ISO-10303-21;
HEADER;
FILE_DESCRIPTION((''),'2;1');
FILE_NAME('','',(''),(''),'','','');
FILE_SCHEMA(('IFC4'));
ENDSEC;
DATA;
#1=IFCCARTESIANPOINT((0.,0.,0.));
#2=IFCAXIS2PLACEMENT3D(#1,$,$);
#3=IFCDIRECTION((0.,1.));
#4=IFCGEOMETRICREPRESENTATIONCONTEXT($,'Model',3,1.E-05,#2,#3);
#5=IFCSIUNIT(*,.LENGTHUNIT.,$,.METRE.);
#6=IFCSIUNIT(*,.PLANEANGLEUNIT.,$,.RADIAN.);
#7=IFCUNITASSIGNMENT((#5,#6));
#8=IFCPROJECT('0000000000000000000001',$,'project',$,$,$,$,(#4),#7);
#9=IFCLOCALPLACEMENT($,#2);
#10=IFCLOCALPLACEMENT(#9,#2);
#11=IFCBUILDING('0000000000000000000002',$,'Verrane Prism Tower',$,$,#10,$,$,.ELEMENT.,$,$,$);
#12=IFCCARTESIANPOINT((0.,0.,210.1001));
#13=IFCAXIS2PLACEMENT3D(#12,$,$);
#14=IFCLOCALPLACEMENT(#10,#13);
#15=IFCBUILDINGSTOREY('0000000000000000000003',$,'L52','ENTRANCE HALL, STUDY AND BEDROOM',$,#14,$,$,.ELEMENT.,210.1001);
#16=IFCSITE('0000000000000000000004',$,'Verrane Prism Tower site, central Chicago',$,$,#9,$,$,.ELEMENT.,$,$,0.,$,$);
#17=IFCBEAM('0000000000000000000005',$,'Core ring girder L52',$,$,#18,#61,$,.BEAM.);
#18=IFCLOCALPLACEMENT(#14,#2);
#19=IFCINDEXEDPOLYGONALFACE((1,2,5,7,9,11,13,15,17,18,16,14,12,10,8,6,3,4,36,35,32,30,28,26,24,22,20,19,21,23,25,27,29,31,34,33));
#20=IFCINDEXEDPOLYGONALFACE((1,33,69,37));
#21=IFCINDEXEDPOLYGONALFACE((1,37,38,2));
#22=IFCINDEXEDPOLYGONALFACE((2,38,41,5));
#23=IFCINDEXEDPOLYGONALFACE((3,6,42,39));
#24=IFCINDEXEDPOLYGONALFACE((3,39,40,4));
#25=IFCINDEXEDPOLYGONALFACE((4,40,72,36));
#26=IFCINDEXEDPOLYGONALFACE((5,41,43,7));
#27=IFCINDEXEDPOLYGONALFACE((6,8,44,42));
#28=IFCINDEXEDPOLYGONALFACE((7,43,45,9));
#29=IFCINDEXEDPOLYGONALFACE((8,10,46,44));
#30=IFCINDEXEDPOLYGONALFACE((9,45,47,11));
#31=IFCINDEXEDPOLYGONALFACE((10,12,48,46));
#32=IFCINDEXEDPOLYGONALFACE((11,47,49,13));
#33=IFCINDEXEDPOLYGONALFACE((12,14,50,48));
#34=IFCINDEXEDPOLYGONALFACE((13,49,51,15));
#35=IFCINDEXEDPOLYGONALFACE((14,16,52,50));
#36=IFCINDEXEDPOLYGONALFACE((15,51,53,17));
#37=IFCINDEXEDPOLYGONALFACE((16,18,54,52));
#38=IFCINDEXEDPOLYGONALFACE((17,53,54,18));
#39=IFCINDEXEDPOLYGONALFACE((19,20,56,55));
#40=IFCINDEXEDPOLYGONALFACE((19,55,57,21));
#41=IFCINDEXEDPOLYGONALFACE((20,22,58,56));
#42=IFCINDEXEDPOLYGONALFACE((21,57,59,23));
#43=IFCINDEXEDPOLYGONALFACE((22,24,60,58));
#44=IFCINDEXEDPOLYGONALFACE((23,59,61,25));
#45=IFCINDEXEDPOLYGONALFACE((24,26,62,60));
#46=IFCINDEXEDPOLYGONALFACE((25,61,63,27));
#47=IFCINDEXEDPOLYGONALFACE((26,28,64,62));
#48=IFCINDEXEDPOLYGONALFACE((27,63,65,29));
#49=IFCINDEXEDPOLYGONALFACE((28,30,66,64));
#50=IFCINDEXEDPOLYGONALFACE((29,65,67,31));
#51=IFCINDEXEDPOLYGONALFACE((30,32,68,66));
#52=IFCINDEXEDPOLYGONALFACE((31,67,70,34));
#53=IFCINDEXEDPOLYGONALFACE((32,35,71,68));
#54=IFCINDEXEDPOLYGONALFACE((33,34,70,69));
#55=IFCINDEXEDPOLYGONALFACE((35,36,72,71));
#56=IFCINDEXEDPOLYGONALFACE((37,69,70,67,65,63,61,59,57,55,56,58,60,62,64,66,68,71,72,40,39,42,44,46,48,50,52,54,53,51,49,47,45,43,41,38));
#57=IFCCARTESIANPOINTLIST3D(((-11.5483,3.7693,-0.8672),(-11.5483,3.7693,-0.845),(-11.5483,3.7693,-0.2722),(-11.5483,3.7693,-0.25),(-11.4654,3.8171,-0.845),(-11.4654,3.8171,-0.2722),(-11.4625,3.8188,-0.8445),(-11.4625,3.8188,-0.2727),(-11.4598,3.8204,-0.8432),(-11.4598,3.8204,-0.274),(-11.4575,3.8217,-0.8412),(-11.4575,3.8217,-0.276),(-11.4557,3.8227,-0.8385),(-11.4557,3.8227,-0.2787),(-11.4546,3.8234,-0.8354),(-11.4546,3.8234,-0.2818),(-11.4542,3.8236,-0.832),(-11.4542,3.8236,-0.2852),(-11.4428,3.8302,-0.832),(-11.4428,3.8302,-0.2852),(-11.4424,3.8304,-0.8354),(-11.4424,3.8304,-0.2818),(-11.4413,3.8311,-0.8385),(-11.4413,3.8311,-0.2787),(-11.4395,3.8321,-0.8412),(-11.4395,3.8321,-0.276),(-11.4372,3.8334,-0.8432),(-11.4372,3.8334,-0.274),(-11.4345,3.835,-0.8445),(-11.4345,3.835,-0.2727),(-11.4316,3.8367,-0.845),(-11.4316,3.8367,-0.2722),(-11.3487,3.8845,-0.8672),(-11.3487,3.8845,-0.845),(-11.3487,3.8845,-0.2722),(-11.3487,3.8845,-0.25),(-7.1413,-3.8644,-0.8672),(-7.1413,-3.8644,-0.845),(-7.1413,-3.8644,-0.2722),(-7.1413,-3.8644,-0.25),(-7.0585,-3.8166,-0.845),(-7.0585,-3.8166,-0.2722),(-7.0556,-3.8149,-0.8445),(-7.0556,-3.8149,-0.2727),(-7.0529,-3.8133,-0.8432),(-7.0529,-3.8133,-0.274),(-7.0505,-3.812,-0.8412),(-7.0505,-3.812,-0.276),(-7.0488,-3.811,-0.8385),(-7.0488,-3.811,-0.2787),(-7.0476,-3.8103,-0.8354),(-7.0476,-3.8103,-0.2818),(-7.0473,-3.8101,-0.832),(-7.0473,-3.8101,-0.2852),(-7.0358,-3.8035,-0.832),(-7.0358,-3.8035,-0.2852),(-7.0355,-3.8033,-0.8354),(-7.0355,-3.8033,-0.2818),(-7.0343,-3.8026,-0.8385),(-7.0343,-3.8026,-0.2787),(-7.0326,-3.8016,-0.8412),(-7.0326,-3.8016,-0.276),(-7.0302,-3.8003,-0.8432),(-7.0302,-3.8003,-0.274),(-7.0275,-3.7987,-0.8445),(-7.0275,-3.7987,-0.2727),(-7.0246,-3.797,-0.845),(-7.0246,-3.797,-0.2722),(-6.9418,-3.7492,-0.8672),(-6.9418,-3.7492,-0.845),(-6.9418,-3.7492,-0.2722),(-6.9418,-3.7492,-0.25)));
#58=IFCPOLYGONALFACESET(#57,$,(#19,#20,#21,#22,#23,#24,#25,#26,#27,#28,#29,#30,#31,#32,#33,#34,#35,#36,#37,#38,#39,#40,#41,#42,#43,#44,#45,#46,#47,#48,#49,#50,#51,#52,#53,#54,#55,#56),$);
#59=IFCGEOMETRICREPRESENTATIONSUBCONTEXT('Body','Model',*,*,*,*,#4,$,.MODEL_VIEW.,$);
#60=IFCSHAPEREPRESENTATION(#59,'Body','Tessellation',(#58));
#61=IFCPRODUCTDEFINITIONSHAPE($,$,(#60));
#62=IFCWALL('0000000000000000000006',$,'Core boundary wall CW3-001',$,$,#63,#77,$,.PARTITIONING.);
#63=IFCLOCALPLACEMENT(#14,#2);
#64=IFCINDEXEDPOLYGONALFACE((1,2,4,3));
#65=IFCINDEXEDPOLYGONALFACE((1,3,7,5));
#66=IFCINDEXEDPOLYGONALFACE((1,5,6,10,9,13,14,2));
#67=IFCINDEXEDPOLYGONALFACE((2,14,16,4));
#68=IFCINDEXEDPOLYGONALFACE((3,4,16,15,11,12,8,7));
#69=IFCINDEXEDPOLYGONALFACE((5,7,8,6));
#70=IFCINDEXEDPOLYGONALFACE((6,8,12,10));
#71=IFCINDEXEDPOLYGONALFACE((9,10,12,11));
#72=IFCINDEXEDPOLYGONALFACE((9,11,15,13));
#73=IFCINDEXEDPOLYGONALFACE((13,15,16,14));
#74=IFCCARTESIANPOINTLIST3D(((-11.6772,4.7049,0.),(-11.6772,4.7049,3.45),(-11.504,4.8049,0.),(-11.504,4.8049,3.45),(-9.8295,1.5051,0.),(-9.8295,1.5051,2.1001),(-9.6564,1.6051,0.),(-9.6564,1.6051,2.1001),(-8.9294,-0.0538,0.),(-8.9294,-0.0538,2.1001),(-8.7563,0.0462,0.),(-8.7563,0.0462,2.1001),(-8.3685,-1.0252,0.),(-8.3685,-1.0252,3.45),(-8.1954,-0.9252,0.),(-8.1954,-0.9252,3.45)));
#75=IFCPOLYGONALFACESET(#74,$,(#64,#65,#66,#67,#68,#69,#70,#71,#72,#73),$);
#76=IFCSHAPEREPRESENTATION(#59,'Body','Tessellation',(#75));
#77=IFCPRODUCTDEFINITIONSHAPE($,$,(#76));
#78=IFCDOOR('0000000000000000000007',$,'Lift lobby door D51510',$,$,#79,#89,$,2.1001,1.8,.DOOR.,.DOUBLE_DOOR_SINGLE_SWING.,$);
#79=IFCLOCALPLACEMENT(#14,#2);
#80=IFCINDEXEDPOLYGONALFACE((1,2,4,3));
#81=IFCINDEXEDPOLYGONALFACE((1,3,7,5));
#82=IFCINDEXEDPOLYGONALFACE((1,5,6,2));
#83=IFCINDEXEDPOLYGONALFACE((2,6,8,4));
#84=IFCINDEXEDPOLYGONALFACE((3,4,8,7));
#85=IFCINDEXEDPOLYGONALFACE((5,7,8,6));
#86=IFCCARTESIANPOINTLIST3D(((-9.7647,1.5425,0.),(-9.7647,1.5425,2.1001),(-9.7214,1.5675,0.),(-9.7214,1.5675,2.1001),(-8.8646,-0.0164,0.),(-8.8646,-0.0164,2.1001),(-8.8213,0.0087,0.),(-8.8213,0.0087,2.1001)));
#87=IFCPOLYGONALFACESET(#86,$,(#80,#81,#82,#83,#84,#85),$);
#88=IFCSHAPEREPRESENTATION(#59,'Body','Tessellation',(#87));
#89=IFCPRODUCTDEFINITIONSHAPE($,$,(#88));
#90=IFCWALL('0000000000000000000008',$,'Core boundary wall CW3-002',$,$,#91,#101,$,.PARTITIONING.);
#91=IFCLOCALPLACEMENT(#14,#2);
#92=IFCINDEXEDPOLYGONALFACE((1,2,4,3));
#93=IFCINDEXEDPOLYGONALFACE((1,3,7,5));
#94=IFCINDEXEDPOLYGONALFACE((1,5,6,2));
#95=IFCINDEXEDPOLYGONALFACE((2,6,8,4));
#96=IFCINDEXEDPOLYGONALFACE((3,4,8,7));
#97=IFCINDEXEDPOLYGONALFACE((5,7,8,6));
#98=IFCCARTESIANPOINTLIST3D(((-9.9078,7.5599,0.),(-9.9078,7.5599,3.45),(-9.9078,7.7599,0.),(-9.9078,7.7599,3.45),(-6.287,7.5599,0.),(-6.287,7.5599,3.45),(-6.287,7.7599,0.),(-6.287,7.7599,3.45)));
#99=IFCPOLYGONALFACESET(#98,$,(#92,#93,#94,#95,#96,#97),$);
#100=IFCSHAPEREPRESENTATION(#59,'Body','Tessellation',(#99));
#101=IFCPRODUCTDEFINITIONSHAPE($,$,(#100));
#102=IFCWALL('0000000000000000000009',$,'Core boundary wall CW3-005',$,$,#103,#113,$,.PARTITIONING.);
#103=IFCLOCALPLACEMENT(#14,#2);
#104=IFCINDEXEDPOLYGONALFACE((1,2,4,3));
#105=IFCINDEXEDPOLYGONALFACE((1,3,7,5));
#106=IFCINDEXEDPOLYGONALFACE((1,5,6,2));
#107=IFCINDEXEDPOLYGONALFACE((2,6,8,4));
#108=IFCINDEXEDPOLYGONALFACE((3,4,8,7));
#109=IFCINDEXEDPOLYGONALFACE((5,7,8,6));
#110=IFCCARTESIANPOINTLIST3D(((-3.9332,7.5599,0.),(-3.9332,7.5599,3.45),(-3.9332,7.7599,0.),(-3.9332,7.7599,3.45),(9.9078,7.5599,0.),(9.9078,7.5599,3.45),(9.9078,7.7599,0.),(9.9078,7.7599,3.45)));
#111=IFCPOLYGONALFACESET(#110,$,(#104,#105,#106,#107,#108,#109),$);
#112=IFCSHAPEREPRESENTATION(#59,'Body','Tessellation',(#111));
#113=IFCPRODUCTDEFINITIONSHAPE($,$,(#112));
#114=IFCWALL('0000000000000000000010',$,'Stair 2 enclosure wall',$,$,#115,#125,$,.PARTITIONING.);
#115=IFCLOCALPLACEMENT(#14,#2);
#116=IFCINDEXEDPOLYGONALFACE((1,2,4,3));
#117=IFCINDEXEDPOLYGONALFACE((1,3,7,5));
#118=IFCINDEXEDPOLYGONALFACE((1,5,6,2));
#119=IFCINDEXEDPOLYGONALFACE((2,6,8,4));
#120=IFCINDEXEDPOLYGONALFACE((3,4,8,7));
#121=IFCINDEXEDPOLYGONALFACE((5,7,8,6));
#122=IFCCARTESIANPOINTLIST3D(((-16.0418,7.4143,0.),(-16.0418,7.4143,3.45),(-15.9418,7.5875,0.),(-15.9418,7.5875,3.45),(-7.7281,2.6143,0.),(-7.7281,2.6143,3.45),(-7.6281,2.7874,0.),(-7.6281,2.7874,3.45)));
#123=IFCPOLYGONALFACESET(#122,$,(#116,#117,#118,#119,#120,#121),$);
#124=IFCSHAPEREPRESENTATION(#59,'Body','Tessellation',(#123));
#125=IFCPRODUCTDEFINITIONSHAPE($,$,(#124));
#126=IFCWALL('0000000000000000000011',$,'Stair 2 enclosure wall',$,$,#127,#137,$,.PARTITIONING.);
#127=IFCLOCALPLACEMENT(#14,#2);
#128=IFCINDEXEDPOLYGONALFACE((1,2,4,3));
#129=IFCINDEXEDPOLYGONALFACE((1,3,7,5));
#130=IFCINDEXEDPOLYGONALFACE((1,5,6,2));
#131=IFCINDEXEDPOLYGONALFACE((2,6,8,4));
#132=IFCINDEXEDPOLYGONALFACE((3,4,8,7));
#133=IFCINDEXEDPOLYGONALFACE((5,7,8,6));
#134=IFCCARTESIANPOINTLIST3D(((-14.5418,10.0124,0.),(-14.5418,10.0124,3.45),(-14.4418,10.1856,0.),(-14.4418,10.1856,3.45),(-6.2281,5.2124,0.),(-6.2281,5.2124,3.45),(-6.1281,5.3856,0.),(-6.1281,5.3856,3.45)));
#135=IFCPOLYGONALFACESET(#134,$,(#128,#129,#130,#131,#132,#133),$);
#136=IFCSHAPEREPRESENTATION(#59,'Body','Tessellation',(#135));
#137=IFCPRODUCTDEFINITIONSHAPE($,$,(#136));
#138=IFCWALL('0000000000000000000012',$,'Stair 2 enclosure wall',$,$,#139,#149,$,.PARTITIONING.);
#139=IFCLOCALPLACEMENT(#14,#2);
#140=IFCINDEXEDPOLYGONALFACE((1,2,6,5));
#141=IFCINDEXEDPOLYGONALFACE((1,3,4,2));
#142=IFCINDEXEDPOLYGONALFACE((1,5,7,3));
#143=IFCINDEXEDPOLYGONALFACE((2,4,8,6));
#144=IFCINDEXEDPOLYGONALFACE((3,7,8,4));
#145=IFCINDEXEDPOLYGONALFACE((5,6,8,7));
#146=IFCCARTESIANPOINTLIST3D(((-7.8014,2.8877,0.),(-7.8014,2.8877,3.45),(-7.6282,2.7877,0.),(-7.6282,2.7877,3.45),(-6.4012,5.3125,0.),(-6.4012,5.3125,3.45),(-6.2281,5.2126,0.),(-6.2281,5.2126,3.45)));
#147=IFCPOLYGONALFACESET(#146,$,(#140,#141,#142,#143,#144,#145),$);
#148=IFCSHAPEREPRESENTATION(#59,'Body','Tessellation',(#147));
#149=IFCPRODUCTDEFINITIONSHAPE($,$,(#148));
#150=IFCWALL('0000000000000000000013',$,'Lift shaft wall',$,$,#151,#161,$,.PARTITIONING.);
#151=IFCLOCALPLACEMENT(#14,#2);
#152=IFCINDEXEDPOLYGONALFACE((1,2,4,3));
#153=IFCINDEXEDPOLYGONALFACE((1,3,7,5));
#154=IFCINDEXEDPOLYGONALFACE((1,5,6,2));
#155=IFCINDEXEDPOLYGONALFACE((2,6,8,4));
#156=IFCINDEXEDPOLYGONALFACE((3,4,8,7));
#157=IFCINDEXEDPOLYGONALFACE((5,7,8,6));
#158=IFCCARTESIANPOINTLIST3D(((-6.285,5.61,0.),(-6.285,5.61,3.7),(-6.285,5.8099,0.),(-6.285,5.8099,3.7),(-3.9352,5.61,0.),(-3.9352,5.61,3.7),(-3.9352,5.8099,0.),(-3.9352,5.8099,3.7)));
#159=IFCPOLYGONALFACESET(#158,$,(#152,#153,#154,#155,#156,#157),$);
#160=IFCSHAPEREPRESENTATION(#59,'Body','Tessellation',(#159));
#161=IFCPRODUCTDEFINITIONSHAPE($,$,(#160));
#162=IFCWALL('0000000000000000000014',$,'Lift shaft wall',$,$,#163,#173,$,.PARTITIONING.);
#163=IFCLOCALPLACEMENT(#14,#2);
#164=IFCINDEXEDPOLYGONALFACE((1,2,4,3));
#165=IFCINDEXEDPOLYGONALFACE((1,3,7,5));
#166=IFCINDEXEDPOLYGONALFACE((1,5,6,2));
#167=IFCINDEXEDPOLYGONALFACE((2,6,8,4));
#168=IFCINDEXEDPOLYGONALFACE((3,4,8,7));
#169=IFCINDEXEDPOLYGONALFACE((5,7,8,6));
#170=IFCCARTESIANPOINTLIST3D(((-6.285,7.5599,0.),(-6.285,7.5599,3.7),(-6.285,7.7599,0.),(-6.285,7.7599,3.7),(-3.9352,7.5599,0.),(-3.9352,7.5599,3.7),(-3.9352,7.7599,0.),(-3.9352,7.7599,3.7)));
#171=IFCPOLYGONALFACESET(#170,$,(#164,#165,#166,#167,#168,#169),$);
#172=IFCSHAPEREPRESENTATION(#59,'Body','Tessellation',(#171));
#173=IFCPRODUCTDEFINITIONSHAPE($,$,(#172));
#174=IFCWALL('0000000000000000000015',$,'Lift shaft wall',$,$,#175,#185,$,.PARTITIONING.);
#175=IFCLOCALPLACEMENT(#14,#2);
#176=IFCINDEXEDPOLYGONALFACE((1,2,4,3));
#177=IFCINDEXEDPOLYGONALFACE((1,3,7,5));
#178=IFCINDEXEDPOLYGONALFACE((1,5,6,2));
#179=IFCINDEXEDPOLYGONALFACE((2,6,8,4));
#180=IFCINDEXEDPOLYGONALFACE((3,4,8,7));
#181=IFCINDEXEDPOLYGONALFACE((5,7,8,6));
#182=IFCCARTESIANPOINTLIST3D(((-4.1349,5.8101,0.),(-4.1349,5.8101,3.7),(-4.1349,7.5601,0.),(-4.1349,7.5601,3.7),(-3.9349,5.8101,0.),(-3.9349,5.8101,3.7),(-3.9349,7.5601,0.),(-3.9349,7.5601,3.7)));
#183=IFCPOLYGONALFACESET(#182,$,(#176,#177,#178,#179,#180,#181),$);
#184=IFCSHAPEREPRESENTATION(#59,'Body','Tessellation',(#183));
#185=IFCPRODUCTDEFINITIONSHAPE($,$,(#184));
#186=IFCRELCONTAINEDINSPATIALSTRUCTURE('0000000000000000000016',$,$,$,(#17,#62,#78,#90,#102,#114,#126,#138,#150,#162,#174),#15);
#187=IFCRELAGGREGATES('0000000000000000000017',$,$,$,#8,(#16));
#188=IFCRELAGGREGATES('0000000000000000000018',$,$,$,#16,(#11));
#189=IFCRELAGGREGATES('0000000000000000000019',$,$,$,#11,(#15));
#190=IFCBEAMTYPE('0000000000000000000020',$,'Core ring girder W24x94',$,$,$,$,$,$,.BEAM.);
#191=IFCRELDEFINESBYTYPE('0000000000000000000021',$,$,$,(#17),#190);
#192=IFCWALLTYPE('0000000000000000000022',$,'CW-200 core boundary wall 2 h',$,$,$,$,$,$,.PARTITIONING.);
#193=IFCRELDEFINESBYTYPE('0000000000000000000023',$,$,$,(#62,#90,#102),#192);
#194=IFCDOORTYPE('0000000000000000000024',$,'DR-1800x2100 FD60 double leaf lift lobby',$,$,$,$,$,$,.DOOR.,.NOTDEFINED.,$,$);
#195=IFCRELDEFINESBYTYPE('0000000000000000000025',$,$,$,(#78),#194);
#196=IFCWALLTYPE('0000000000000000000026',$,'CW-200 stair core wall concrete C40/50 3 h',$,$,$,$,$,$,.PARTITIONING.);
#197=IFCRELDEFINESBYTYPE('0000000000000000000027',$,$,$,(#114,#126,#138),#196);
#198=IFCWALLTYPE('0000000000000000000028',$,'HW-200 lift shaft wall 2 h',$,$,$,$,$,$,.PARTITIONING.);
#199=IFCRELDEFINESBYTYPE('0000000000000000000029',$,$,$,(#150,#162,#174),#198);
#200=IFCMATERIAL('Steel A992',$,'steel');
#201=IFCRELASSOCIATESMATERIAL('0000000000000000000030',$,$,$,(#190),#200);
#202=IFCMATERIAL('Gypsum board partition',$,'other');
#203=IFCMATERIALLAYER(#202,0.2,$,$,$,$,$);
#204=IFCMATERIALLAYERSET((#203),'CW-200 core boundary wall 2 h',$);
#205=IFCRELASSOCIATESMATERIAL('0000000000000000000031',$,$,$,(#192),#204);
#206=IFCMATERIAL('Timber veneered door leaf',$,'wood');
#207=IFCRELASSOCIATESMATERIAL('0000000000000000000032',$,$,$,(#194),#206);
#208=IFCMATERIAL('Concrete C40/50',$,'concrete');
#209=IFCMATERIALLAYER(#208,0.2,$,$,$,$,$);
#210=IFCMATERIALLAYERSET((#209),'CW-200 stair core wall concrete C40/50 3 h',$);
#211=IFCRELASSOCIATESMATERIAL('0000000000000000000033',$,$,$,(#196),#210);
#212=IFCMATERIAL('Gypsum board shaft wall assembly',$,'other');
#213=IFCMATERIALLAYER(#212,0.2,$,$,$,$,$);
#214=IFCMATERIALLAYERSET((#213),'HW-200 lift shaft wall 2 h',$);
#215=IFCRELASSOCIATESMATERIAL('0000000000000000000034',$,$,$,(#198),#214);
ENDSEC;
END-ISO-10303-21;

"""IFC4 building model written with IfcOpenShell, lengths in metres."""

from ifc_helpers import new_model, si_unit, direction, frame, frame_2d, origin, origin_2d, place, context, subcontext, project, spatial, rectangle, i_section, extrude, material, layer, layer_set, material_profile, profile_set, type_object, element, fill, save


model = new_model("IFC4")

# Units and contexts
model_context = context("Model", 3, precision=1e-05, world=origin(), true_north=direction((0.0, 1.0)))
body_context = subcontext(model_context, "Body", "Model", "MODEL_VIEW")
ifc_project = project(units=[si_unit("LENGTHUNIT", "METRE"), si_unit("PLANEANGLEUNIT", "RADIAN")], contexts=[model_context])

# Site, building, storey
site_placement = place(None, origin())
site = spatial("IfcSite", under=ifc_project, at=site_placement, Name="Verrane Prism Tower site, central Chicago", CompositionType="ELEMENT", RefElevation=0.0)
building_placement = place(site_placement, origin())
building = spatial("IfcBuilding", under=site, at=building_placement, Name="Verrane Prism Tower", CompositionType="ELEMENT")
storey_placement = place(building_placement, frame((0.0, 0.0, 210.1001)))
storey = spatial("IfcBuildingStorey", under=building, at=storey_placement, Name="L52", Description="ENTRANCE HALL, STUDY AND BEDROOM", CompositionType="ELEMENT", Elevation=210.1001)

# Beam
ifc_material_1 = material(Name="Steel A992", Category="steel")
ifc_material_profile_1 = material_profile(ifc_material_1, i_section(OverallWidth=0.2305, OverallDepth=0.6172, WebThickness=0.0132, FlangeThickness=0.0222, FilletRadius=0.0129, at=origin_2d()), Name="W24x94")
ifc_profile_set_1 = profile_set([ifc_material_profile_1], Name="Steel A992")
beam_type = type_object("IfcBeamType", Name="Core ring girder W24x94", PredefinedType="BEAM", material=ifc_profile_set_1)
beam_1_placement = place(storey_placement, frame((-11.4485, 3.8269, -0.5586), z_axis=(0.499967, -0.866044, 0.0), x_axis=(0.866044, 0.499967, 0.0)))
element("IfcBeam", 1, at=beam_1_placement, inside=storey, type_object=beam_type, Name="Core ring girder L52", PredefinedType="BEAM", context=body_context, shape_type="SweptSolid", body=[
    extrude(i_section(OverallWidth=0.2305, OverallDepth=0.6172, WebThickness=0.0132, FlangeThickness=0.0222, FilletRadius=0.0129, at=origin_2d()), origin(), (0.0, 0.0, 1.0), 8.8145),
])

# Wall, opening, door
ifc_material_2 = material(Name="Gypsum board partition", Category="other")
ifc_layer_1 = layer(ifc_material_2, 0.2)
ifc_layer_set_1 = layer_set([ifc_layer_1], Name="CW-200 core boundary wall 2 h")
wall_type_1 = type_object("IfcWallType", Name="CW-200 core boundary wall 2 h", PredefinedType="PARTITIONING", material=ifc_layer_set_1)
wall_1_placement = place(storey_placement, frame((-11.5906, 4.7549, 0.0), z_axis=(0.0, 0.0, 1.0), x_axis=(0.500044, -0.866, 0.0)))
wall_1 = element("IfcWall", 2, at=wall_1_placement, inside=storey, type_object=wall_type_1, Name="Core boundary wall CW3-001", PredefinedType="PARTITIONING", context=body_context, shape_type="SweptSolid", body=[
    extrude(rectangle(XDim=6.6167, YDim=0.2, at=frame_2d((3.3083, 0.0))), origin(), (0.0, 0.0, 1.0), 3.45),
])
opening_1_placement = place(wall_1_placement, frame((3.6951, 0.0, 0.0)))
opening_1 = element("IfcOpeningElement", 3, at=opening_1_placement, cuts=wall_1, PredefinedType="OPENING", context=body_context, shape_type="SweptSolid", body=[
    extrude(rectangle(XDim=1.8, YDim=2.1001, at=frame_2d((0.8999, 1.05))), frame((0.0, 0.1099, 0.0), z_axis=(0.0, -1.0, 0.0), x_axis=(1.0, 0.0, 0.0)), (0.0, 0.0, 1.0), 0.22),
])
ifc_material_3 = material(Name="Timber veneered door leaf", Category="wood")
door_type_1 = type_object("IfcDoorType", Name="DR-1800x2100 FD60 double leaf lift lobby", OperationType="NOTDEFINED", PredefinedType="DOOR", material=ifc_material_3)
door_1_placement = place(opening_1_placement, origin())
door_1 = element("IfcDoor", 4, at=door_1_placement, inside=storey, type_object=door_type_1, Name="Lift lobby door D51510", OperationType="DOUBLE_DOOR_SINGLE_SWING", OverallHeight=2.1001, OverallWidth=1.8, PredefinedType="DOOR", context=body_context, shape_type="SweptSolid", body=[
    extrude(rectangle(XDim=1.8, YDim=2.1001, at=frame_2d((0.8999, 1.05))), frame((0.0, 0.0249, 0.0), z_axis=(0.0, -1.0, 0.0), x_axis=(1.0, 0.0, 0.0)), (0.0, 0.0, 1.0), 0.05),
])
fill(opening_1, door_1)

# Walls
wall_2_placement = place(storey_placement, frame((-9.908, 7.6599, 0.0), z_axis=(0.0, 0.0, 1.0), x_axis=(1.0, 0.0, 0.0)))
element("IfcWall", 5, at=wall_2_placement, inside=storey, type_object=wall_type_1, Name="Core boundary wall CW3-002", PredefinedType="PARTITIONING", context=body_context, shape_type="SweptSolid", body=[
    extrude(rectangle(XDim=3.6208, YDim=0.2, at=frame_2d((1.8105, 0.0))), origin(), (0.0, 0.0, 1.0), 3.45),
])
wall_3_placement = place(storey_placement, frame((-3.9331, 7.6599, 0.0), z_axis=(0.0, 0.0, 1.0), x_axis=(1.0, 0.0, 0.0)))
element("IfcWall", 6, at=wall_3_placement, inside=storey, type_object=wall_type_1, Name="Core boundary wall CW3-005", PredefinedType="PARTITIONING", context=body_context, shape_type="SweptSolid", body=[
    extrude(rectangle(XDim=13.8411, YDim=0.2, at=frame_2d((6.9204, 0.0))), origin(), (0.0, 0.0, 1.0), 3.45),
])
ifc_material_4 = material(Name="Concrete C40/50", Category="concrete")
ifc_layer_2 = layer(ifc_material_4, 0.2)
ifc_layer_set_2 = layer_set([ifc_layer_2], Name="CW-200 stair core wall concrete C40/50 3 h")
wall_type_2 = type_object("IfcWallType", Name="CW-200 stair core wall concrete C40/50 3 h", PredefinedType="PARTITIONING", material=ifc_layer_set_2)
for number, where, z_axis, x_axis, name in (
    (7, (-7.6782, 2.7009, 0.0), (0.0, 0.0, 1.0), (-0.86602, 0.500009, 0.0), "Stair 2 enclosure wall"),
    (8, (-6.1782, 5.2991, 0.0), (0.0, 0.0, 1.0), (-0.86602, 0.500009, 0.0), "Stair 2 enclosure wall"),
):
    element("IfcWall", number, at=place(storey_placement, frame(where, z_axis=z_axis, x_axis=x_axis)), inside=storey, type_object=wall_type_2, Name=name, PredefinedType="PARTITIONING", context=body_context, shape_type="SweptSolid", body=[
        extrude(rectangle(XDim=9.5999, YDim=0.2, at=frame_2d((4.7998, 0.0))), origin(), (0.0, 0.0, 1.0), 3.45),
    ])
wall_4_placement = place(storey_placement, frame((-6.3147, 5.2625, 0.0), z_axis=(0.0, 0.0, 1.0), x_axis=(-0.50005, -0.865997, 0.0)))
element("IfcWall", 9, at=wall_4_placement, inside=storey, type_object=wall_type_2, Name="Stair 2 enclosure wall", PredefinedType="PARTITIONING", context=body_context, shape_type="SweptSolid", body=[
    extrude(rectangle(XDim=2.8, YDim=0.2, at=frame_2d((1.3999, 0.0))), origin(), (0.0, 0.0, 1.0), 3.45),
])
ifc_material_5 = material(Name="Gypsum board shaft wall assembly", Category="other")
ifc_layer_3 = layer(ifc_material_5, 0.2)
ifc_layer_set_3 = layer_set([ifc_layer_3], Name="HW-200 lift shaft wall 2 h")
wall_type_3 = type_object("IfcWallType", Name="HW-200 lift shaft wall 2 h", PredefinedType="PARTITIONING", material=ifc_layer_set_3)
for number, where, z_axis, x_axis, name in (
    (10, (-6.2849, 5.71, 0.0), (0.0, 0.0, 1.0), (1.0, 0.0, 0.0), "Lift shaft wall"),
    (11, (-6.2849, 7.6599, 0.0), (0.0, 0.0, 1.0), (1.0, 0.0, 0.0), "Lift shaft wall"),
):
    element("IfcWall", number, at=place(storey_placement, frame(where, z_axis=z_axis, x_axis=x_axis)), inside=storey, type_object=wall_type_3, Name=name, PredefinedType="PARTITIONING", context=body_context, shape_type="SweptSolid", body=[
        extrude(rectangle(XDim=2.3499, YDim=0.2, at=frame_2d((1.1748, 0.0))), origin(), (0.0, 0.0, 1.0), 3.7),
    ])
for number, where, z_axis, x_axis, name in (
    (12, (-4.0349, 5.8101, 0.0), (0.0, 0.0, 1.0), (0.0, 1.0, 0.0), "Lift shaft wall"),
):
    element("IfcWall", number, at=place(storey_placement, frame(where, z_axis=z_axis, x_axis=x_axis)), inside=storey, type_object=wall_type_3, Name=name, PredefinedType="PARTITIONING", context=body_context, shape_type="SweptSolid", body=[
        extrude(rectangle(XDim=1.75, YDim=0.2, at=frame_2d((0.875, 0.0))), origin(), (0.0, 0.0, 1.0), 3.7),
    ])

save(model, "model.ifc")
